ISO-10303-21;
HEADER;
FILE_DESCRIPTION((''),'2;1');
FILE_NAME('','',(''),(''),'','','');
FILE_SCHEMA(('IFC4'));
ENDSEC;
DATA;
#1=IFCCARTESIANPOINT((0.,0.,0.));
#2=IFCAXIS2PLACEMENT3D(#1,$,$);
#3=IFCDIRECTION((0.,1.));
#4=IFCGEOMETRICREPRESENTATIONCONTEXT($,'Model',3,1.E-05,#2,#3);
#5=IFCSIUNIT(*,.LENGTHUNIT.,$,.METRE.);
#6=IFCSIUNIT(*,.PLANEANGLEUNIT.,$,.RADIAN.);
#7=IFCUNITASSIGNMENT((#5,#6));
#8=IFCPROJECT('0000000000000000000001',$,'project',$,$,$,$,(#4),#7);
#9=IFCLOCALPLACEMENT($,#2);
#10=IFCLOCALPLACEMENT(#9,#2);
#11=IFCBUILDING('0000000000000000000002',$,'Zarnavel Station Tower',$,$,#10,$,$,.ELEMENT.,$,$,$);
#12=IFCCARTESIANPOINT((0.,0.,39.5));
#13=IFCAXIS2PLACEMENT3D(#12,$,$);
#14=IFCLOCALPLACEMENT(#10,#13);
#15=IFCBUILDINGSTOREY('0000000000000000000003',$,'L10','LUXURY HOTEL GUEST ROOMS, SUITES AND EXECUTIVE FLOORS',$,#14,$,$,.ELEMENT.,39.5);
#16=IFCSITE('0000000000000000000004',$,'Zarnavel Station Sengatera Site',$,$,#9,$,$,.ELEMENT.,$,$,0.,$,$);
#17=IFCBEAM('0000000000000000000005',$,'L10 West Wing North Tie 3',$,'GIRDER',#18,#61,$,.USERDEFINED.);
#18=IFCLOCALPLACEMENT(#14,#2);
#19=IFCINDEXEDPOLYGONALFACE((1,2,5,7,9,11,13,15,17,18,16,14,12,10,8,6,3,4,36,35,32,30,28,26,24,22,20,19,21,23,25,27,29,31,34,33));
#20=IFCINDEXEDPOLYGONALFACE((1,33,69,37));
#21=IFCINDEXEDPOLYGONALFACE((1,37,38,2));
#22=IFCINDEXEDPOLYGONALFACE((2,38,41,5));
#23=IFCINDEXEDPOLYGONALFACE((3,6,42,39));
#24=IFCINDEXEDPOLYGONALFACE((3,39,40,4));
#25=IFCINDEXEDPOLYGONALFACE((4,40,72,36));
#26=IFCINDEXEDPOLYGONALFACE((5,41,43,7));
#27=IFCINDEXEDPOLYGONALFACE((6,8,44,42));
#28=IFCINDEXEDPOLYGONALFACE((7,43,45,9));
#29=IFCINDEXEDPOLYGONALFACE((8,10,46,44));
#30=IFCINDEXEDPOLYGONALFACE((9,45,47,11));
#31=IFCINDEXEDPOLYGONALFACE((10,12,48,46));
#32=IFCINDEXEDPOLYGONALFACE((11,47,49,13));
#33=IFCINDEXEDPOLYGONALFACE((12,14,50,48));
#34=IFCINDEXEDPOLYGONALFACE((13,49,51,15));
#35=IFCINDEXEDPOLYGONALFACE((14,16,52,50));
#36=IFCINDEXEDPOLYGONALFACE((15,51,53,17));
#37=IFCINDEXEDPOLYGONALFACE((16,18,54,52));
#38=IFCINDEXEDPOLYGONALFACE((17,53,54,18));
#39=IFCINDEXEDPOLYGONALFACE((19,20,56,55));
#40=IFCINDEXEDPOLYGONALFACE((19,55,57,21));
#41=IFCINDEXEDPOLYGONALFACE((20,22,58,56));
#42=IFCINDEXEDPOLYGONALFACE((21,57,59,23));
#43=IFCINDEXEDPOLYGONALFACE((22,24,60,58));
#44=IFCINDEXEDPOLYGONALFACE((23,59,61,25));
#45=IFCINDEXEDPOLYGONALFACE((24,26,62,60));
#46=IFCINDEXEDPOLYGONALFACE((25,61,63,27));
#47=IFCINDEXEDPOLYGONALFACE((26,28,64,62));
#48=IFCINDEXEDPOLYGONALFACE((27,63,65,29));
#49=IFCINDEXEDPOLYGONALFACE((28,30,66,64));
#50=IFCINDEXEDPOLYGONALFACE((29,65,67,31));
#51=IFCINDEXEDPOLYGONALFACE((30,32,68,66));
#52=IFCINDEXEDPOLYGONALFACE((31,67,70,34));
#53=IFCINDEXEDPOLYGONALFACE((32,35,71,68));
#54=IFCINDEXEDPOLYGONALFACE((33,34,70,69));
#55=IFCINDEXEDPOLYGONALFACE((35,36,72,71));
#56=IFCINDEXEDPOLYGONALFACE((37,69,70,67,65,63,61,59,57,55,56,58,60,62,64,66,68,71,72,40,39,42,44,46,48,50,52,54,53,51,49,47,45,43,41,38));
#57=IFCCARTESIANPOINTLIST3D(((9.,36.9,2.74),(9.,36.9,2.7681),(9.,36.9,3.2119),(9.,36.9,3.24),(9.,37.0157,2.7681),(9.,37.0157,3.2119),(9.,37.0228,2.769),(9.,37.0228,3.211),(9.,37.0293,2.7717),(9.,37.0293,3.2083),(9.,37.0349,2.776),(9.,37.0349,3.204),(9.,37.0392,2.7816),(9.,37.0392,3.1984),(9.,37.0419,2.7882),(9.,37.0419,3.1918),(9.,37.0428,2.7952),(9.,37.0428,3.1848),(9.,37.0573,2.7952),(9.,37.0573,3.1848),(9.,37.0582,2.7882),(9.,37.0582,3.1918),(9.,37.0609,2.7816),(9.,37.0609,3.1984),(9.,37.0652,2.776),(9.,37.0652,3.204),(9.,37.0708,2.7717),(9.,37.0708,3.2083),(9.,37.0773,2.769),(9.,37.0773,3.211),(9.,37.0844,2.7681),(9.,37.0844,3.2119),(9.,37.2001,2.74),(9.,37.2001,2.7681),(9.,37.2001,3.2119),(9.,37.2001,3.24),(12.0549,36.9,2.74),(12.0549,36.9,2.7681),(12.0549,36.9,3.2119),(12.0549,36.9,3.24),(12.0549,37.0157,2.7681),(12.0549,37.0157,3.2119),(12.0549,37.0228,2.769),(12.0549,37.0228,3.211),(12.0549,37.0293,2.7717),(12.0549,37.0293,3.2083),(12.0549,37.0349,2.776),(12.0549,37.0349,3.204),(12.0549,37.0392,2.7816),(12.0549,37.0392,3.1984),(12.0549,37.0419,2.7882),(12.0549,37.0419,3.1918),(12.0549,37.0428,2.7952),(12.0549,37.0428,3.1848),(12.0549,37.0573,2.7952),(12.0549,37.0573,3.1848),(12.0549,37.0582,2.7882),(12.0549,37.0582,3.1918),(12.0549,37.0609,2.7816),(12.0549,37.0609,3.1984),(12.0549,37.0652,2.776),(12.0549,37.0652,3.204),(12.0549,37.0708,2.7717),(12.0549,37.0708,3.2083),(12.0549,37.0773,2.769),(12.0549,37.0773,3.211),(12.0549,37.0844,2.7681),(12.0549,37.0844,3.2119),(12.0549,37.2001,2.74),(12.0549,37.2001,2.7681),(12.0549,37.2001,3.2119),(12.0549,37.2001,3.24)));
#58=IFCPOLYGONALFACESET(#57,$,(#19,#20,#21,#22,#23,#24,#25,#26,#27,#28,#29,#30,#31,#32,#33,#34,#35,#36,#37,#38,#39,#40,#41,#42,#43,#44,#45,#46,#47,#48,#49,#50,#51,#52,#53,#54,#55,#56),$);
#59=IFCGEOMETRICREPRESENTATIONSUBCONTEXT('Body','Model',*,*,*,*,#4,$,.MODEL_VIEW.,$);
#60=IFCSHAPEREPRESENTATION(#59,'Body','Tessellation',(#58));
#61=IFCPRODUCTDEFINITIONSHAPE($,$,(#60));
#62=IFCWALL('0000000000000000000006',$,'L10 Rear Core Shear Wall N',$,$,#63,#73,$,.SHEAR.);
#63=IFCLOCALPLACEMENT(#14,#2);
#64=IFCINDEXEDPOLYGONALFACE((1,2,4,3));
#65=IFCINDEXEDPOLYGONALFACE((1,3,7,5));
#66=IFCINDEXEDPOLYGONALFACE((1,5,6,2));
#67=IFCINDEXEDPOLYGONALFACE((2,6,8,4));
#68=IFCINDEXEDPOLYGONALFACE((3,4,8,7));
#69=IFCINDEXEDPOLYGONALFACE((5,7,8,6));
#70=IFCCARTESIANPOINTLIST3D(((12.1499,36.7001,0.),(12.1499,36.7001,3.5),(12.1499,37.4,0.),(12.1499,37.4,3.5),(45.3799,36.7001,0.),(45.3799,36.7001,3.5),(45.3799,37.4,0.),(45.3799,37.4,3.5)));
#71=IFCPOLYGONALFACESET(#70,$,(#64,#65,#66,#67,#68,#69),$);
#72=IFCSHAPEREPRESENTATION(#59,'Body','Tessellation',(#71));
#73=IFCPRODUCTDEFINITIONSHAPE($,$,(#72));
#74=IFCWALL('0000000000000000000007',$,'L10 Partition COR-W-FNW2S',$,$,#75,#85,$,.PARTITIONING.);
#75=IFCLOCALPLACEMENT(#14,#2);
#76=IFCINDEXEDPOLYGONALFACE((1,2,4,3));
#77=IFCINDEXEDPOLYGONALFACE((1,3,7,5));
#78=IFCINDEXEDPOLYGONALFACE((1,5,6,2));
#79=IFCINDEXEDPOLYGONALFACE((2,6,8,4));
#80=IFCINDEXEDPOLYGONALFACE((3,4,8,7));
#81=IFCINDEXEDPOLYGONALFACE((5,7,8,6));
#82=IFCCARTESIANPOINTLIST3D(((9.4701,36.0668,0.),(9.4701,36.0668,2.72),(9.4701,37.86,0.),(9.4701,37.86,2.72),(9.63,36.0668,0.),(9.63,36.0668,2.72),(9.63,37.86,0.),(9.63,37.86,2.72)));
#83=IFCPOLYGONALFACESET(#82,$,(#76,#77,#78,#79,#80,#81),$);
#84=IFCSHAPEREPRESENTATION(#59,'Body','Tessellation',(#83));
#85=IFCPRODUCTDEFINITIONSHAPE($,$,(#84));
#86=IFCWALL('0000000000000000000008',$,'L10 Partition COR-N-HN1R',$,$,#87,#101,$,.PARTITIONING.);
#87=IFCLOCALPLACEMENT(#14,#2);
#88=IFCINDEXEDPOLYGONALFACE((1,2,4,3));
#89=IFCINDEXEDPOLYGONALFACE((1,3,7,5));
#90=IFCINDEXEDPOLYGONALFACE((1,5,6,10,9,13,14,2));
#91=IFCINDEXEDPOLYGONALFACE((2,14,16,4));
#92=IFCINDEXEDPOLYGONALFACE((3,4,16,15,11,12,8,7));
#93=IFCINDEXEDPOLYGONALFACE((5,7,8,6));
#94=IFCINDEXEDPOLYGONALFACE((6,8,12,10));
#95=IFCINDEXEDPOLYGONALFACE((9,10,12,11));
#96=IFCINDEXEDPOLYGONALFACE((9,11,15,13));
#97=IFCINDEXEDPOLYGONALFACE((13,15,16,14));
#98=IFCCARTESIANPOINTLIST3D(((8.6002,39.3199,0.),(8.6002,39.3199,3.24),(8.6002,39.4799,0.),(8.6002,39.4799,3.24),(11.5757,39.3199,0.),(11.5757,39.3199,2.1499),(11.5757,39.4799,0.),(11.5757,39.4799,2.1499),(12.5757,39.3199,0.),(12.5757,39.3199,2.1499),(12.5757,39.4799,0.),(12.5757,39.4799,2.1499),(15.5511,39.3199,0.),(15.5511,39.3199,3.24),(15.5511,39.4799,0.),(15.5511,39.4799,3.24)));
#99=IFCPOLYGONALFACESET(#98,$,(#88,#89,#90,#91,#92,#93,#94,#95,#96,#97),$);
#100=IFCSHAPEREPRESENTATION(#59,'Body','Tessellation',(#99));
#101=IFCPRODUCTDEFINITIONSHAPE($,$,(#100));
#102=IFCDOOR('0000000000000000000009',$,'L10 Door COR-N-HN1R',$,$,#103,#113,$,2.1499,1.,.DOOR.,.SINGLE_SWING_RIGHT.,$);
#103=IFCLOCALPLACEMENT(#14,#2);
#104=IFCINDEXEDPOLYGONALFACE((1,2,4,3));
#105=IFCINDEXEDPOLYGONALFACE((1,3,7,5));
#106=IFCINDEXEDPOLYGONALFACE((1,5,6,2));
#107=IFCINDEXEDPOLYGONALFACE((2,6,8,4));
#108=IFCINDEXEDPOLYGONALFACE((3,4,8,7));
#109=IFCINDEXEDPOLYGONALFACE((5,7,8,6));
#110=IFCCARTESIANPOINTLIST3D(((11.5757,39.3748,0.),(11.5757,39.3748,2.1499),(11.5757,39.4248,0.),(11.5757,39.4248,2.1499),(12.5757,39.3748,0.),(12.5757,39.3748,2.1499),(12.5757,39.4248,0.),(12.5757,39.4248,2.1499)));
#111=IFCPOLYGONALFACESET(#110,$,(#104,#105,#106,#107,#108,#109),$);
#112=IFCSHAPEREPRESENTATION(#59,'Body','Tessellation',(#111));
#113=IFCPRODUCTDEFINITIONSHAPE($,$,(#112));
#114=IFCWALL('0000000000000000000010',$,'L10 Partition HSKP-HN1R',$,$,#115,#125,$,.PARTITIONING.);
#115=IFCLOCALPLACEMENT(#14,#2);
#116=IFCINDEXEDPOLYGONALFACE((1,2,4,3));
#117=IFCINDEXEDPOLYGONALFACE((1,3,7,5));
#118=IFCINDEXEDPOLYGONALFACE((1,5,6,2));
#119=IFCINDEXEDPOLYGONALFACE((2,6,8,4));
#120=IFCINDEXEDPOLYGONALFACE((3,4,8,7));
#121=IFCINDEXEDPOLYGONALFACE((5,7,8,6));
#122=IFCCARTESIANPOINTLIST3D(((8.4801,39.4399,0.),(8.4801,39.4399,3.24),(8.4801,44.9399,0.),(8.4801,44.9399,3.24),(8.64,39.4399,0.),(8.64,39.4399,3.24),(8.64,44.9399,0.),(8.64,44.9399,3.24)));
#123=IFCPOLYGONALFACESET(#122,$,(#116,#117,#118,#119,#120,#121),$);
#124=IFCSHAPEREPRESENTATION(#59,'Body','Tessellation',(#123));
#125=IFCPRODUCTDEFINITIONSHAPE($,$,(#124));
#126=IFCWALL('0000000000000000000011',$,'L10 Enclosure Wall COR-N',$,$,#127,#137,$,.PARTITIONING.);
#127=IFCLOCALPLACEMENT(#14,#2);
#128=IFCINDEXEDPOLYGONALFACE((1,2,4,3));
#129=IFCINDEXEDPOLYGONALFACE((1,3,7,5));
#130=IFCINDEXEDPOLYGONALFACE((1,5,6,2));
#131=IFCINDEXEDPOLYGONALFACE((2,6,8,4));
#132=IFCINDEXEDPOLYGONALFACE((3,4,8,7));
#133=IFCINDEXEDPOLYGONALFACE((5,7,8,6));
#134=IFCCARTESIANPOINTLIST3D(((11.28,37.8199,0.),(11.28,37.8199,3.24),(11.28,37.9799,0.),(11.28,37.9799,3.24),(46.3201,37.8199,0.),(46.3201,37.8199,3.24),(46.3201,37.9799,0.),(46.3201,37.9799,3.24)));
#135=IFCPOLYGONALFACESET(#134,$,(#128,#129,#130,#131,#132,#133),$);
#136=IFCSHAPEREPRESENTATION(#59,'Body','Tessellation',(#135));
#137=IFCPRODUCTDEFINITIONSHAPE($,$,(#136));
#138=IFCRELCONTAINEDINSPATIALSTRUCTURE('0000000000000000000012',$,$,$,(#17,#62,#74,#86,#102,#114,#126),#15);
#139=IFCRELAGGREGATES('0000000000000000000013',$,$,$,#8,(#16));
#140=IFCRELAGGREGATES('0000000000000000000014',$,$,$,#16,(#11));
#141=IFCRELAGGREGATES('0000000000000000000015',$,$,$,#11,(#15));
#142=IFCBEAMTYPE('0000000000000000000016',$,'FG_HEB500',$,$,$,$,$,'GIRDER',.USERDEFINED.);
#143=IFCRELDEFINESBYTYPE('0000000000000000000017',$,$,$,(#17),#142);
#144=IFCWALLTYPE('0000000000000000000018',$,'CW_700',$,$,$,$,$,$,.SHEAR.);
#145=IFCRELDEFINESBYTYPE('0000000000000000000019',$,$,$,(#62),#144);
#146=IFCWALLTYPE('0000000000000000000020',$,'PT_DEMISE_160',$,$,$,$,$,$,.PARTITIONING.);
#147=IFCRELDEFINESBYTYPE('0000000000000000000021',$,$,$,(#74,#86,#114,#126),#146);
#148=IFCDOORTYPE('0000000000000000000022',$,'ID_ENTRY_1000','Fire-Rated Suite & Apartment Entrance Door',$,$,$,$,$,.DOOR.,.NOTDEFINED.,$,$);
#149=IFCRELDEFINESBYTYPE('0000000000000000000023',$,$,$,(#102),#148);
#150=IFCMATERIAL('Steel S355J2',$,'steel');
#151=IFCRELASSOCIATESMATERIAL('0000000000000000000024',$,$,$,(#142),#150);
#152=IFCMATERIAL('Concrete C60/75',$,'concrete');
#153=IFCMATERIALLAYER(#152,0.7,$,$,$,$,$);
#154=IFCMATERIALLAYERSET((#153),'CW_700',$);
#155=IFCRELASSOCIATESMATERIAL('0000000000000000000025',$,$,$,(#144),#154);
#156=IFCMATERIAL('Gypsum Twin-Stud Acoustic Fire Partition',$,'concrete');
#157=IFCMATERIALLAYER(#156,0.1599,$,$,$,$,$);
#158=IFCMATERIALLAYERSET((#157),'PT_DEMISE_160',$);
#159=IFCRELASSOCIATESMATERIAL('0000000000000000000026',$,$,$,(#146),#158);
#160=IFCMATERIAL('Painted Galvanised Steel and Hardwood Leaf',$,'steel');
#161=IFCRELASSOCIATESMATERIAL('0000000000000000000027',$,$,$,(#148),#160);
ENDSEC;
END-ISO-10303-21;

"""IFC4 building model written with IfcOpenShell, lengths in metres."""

from ifc_helpers import new_model, si_unit, direction, frame, frame_2d, origin, origin_2d, place, context, subcontext, project, spatial, rectangle, i_section, extrude, material, layer, layer_set, material_profile, profile_set, type_object, element, fill, save


model = new_model("IFC4")

# Units and contexts
model_context = context("Model", 3, precision=1e-05, world=origin(), true_north=direction((0.0, 1.0)))
body_context = subcontext(model_context, "Body", "Model", "MODEL_VIEW")
ifc_project = project(units=[si_unit("LENGTHUNIT", "METRE"), si_unit("PLANEANGLEUNIT", "RADIAN")], contexts=[model_context])

# Site, building, storey
site_placement = place(None, origin())
site = spatial("IfcSite", under=ifc_project, at=site_placement, Name="Zarnavel Station Sengatera Site", CompositionType="ELEMENT", RefElevation=0.0)
building_placement = place(site_placement, origin())
building = spatial("IfcBuilding", under=site, at=building_placement, Name="Zarnavel Station Tower", CompositionType="ELEMENT")
storey_placement = place(building_placement, frame((0.0, 0.0, 39.5)))
storey = spatial("IfcBuildingStorey", under=building, at=storey_placement, Name="L10", Description="LUXURY HOTEL GUEST ROOMS, SUITES AND EXECUTIVE FLOORS", CompositionType="ELEMENT", Elevation=39.5)

# Beam
ifc_material_1 = material(Name="Steel S355J2", Category="steel")
ifc_material_profile_1 = material_profile(ifc_material_1, i_section(OverallWidth=0.3, OverallDepth=0.5, WebThickness=0.0144, FlangeThickness=0.0281, FilletRadius=0.0271, at=origin_2d()), Name="HEB500")
ifc_profile_set_1 = profile_set([ifc_material_profile_1], Name="Steel S355J2")
beam_type = type_object("IfcBeamType", Name="FG_HEB500", ElementType="GIRDER", PredefinedType="USERDEFINED", material=ifc_profile_set_1)
beam_1_placement = place(storey_placement, frame((9.0, 37.05, 2.99), z_axis=(1.0, 0.0, 0.0), x_axis=(0.0, 1.0, 0.0)))
element("IfcBeam", 1, at=beam_1_placement, inside=storey, type_object=beam_type, Name="L10 West Wing North Tie 3", ObjectType="GIRDER", PredefinedType="USERDEFINED", context=body_context, shape_type="SweptSolid", body=[
    extrude(i_section(OverallWidth=0.3, OverallDepth=0.5, WebThickness=0.0144, FlangeThickness=0.0281, FilletRadius=0.0271, at=origin_2d()), origin(), (0.0, 0.0, 1.0), 3.0549),
])

# Walls
ifc_material_2 = material(Name="Concrete C60/75", Category="concrete")
ifc_layer_1 = layer(ifc_material_2, 0.7)
ifc_layer_set_1 = layer_set([ifc_layer_1], Name="CW_700")
wall_type_1 = type_object("IfcWallType", Name="CW_700", PredefinedType="SHEAR", material=ifc_layer_set_1)
wall_1_placement = place(storey_placement, frame((12.1499, 37.05, 0.0), z_axis=(0.0, 0.0, 1.0), x_axis=(1.0, 0.0, 0.0)))
element("IfcWall", 2, at=wall_1_placement, inside=storey, type_object=wall_type_1, Name="L10 Rear Core Shear Wall N", PredefinedType="SHEAR", context=body_context, shape_type="SweptSolid", body=[
    extrude(rectangle(XDim=33.23, YDim=0.7, at=frame_2d((16.615, 0.0))), origin(), (0.0, 0.0, 1.0), 3.5),
])
ifc_material_3 = material(Name="Gypsum Twin-Stud Acoustic Fire Partition", Category="concrete")
ifc_layer_2 = layer(ifc_material_3, 0.1599)
ifc_layer_set_2 = layer_set([ifc_layer_2], Name="PT_DEMISE_160")
wall_type_2 = type_object("IfcWallType", Name="PT_DEMISE_160", PredefinedType="PARTITIONING", material=ifc_layer_set_2)
wall_2_placement = place(storey_placement, frame((9.55, 36.0669, 0.0), z_axis=(0.0, 0.0, 1.0), x_axis=(0.0, 1.0, 0.0)))
element("IfcWall", 3, at=wall_2_placement, inside=storey, type_object=wall_type_2, Name="L10 Partition COR-W-FNW2S", PredefinedType="PARTITIONING", context=body_context, shape_type="SweptSolid", body=[
    extrude(rectangle(XDim=1.7932, YDim=0.1599, at=frame_2d((0.8965, 0.0))), origin(), (0.0, 0.0, 1.0), 2.72),
])

# Wall, opening, door
wall_3_placement = place(storey_placement, frame((8.6001, 39.3999, 0.0), z_axis=(0.0, 0.0, 1.0), x_axis=(1.0, 0.0, 0.0)))
wall_3 = element("IfcWall", 4, at=wall_3_placement, inside=storey, type_object=wall_type_2, Name="L10 Partition COR-N-HN1R", PredefinedType="PARTITIONING", context=body_context, shape_type="SweptSolid", body=[
    extrude(rectangle(XDim=6.9509, YDim=0.1599, at=frame_2d((3.4756, 0.0))), origin(), (0.0, 0.0, 1.0), 3.24),
])
opening_placement = place(wall_3_placement, frame((2.9756, 0.0, 0.0)))
opening = element("IfcOpeningElement", 5, at=opening_placement, cuts=wall_3, PredefinedType="OPENING", context=body_context, shape_type="SweptSolid", body=[
    extrude(rectangle(XDim=1.0, YDim=2.1499, at=frame_2d((0.5, 1.075))), frame((0.0, 0.0898, 0.0), z_axis=(0.0, -1.0, 0.0), x_axis=(1.0, 0.0, 0.0)), (0.0, 0.0, 1.0), 0.1799),
])
ifc_material_4 = material(Name="Painted Galvanised Steel and Hardwood Leaf", Category="steel")
door_type = type_object("IfcDoorType", Name="ID_ENTRY_1000", Description="Fire-Rated Suite & Apartment Entrance Door", OperationType="NOTDEFINED", PredefinedType="DOOR", material=ifc_material_4)
door_placement = place(opening_placement, origin())
door = element("IfcDoor", 6, at=door_placement, inside=storey, type_object=door_type, Name="L10 Door COR-N-HN1R", OperationType="SINGLE_SWING_RIGHT", OverallHeight=2.1499, OverallWidth=1.0, PredefinedType="DOOR", context=body_context, shape_type="SweptSolid", body=[
    extrude(rectangle(XDim=1.0, YDim=2.1499, at=frame_2d((0.5, 1.075))), frame((0.0, 0.0249, 0.0), z_axis=(0.0, -1.0, 0.0), x_axis=(1.0, 0.0, 0.0)), (0.0, 0.0, 1.0), 0.05),
])
fill(opening, door)

# Walls
wall_4_placement = place(storey_placement, frame((8.5601, 39.4399, 0.0), z_axis=(0.0, 0.0, 1.0), x_axis=(0.0, 1.0, 0.0)))
element("IfcWall", 7, at=wall_4_placement, inside=storey, type_object=wall_type_2, Name="L10 Partition HSKP-HN1R", PredefinedType="PARTITIONING", context=body_context, shape_type="SweptSolid", body=[
    extrude(rectangle(XDim=5.5, YDim=0.1599, at=frame_2d((2.75, 0.0))), origin(), (0.0, 0.0, 1.0), 3.24),
])
wall_5_placement = place(storey_placement, frame((11.28, 37.8999, 0.0), z_axis=(0.0, 0.0, 1.0), x_axis=(1.0, 0.0, 0.0)))
element("IfcWall", 8, at=wall_5_placement, inside=storey, type_object=wall_type_2, Name="L10 Enclosure Wall COR-N", PredefinedType="PARTITIONING", context=body_context, shape_type="SweptSolid", body=[
    extrude(rectangle(XDim=35.04, YDim=0.1599, at=frame_2d((17.52, 0.0))), origin(), (0.0, 0.0, 1.0), 3.24),
])

save(model, "model.ifc")
